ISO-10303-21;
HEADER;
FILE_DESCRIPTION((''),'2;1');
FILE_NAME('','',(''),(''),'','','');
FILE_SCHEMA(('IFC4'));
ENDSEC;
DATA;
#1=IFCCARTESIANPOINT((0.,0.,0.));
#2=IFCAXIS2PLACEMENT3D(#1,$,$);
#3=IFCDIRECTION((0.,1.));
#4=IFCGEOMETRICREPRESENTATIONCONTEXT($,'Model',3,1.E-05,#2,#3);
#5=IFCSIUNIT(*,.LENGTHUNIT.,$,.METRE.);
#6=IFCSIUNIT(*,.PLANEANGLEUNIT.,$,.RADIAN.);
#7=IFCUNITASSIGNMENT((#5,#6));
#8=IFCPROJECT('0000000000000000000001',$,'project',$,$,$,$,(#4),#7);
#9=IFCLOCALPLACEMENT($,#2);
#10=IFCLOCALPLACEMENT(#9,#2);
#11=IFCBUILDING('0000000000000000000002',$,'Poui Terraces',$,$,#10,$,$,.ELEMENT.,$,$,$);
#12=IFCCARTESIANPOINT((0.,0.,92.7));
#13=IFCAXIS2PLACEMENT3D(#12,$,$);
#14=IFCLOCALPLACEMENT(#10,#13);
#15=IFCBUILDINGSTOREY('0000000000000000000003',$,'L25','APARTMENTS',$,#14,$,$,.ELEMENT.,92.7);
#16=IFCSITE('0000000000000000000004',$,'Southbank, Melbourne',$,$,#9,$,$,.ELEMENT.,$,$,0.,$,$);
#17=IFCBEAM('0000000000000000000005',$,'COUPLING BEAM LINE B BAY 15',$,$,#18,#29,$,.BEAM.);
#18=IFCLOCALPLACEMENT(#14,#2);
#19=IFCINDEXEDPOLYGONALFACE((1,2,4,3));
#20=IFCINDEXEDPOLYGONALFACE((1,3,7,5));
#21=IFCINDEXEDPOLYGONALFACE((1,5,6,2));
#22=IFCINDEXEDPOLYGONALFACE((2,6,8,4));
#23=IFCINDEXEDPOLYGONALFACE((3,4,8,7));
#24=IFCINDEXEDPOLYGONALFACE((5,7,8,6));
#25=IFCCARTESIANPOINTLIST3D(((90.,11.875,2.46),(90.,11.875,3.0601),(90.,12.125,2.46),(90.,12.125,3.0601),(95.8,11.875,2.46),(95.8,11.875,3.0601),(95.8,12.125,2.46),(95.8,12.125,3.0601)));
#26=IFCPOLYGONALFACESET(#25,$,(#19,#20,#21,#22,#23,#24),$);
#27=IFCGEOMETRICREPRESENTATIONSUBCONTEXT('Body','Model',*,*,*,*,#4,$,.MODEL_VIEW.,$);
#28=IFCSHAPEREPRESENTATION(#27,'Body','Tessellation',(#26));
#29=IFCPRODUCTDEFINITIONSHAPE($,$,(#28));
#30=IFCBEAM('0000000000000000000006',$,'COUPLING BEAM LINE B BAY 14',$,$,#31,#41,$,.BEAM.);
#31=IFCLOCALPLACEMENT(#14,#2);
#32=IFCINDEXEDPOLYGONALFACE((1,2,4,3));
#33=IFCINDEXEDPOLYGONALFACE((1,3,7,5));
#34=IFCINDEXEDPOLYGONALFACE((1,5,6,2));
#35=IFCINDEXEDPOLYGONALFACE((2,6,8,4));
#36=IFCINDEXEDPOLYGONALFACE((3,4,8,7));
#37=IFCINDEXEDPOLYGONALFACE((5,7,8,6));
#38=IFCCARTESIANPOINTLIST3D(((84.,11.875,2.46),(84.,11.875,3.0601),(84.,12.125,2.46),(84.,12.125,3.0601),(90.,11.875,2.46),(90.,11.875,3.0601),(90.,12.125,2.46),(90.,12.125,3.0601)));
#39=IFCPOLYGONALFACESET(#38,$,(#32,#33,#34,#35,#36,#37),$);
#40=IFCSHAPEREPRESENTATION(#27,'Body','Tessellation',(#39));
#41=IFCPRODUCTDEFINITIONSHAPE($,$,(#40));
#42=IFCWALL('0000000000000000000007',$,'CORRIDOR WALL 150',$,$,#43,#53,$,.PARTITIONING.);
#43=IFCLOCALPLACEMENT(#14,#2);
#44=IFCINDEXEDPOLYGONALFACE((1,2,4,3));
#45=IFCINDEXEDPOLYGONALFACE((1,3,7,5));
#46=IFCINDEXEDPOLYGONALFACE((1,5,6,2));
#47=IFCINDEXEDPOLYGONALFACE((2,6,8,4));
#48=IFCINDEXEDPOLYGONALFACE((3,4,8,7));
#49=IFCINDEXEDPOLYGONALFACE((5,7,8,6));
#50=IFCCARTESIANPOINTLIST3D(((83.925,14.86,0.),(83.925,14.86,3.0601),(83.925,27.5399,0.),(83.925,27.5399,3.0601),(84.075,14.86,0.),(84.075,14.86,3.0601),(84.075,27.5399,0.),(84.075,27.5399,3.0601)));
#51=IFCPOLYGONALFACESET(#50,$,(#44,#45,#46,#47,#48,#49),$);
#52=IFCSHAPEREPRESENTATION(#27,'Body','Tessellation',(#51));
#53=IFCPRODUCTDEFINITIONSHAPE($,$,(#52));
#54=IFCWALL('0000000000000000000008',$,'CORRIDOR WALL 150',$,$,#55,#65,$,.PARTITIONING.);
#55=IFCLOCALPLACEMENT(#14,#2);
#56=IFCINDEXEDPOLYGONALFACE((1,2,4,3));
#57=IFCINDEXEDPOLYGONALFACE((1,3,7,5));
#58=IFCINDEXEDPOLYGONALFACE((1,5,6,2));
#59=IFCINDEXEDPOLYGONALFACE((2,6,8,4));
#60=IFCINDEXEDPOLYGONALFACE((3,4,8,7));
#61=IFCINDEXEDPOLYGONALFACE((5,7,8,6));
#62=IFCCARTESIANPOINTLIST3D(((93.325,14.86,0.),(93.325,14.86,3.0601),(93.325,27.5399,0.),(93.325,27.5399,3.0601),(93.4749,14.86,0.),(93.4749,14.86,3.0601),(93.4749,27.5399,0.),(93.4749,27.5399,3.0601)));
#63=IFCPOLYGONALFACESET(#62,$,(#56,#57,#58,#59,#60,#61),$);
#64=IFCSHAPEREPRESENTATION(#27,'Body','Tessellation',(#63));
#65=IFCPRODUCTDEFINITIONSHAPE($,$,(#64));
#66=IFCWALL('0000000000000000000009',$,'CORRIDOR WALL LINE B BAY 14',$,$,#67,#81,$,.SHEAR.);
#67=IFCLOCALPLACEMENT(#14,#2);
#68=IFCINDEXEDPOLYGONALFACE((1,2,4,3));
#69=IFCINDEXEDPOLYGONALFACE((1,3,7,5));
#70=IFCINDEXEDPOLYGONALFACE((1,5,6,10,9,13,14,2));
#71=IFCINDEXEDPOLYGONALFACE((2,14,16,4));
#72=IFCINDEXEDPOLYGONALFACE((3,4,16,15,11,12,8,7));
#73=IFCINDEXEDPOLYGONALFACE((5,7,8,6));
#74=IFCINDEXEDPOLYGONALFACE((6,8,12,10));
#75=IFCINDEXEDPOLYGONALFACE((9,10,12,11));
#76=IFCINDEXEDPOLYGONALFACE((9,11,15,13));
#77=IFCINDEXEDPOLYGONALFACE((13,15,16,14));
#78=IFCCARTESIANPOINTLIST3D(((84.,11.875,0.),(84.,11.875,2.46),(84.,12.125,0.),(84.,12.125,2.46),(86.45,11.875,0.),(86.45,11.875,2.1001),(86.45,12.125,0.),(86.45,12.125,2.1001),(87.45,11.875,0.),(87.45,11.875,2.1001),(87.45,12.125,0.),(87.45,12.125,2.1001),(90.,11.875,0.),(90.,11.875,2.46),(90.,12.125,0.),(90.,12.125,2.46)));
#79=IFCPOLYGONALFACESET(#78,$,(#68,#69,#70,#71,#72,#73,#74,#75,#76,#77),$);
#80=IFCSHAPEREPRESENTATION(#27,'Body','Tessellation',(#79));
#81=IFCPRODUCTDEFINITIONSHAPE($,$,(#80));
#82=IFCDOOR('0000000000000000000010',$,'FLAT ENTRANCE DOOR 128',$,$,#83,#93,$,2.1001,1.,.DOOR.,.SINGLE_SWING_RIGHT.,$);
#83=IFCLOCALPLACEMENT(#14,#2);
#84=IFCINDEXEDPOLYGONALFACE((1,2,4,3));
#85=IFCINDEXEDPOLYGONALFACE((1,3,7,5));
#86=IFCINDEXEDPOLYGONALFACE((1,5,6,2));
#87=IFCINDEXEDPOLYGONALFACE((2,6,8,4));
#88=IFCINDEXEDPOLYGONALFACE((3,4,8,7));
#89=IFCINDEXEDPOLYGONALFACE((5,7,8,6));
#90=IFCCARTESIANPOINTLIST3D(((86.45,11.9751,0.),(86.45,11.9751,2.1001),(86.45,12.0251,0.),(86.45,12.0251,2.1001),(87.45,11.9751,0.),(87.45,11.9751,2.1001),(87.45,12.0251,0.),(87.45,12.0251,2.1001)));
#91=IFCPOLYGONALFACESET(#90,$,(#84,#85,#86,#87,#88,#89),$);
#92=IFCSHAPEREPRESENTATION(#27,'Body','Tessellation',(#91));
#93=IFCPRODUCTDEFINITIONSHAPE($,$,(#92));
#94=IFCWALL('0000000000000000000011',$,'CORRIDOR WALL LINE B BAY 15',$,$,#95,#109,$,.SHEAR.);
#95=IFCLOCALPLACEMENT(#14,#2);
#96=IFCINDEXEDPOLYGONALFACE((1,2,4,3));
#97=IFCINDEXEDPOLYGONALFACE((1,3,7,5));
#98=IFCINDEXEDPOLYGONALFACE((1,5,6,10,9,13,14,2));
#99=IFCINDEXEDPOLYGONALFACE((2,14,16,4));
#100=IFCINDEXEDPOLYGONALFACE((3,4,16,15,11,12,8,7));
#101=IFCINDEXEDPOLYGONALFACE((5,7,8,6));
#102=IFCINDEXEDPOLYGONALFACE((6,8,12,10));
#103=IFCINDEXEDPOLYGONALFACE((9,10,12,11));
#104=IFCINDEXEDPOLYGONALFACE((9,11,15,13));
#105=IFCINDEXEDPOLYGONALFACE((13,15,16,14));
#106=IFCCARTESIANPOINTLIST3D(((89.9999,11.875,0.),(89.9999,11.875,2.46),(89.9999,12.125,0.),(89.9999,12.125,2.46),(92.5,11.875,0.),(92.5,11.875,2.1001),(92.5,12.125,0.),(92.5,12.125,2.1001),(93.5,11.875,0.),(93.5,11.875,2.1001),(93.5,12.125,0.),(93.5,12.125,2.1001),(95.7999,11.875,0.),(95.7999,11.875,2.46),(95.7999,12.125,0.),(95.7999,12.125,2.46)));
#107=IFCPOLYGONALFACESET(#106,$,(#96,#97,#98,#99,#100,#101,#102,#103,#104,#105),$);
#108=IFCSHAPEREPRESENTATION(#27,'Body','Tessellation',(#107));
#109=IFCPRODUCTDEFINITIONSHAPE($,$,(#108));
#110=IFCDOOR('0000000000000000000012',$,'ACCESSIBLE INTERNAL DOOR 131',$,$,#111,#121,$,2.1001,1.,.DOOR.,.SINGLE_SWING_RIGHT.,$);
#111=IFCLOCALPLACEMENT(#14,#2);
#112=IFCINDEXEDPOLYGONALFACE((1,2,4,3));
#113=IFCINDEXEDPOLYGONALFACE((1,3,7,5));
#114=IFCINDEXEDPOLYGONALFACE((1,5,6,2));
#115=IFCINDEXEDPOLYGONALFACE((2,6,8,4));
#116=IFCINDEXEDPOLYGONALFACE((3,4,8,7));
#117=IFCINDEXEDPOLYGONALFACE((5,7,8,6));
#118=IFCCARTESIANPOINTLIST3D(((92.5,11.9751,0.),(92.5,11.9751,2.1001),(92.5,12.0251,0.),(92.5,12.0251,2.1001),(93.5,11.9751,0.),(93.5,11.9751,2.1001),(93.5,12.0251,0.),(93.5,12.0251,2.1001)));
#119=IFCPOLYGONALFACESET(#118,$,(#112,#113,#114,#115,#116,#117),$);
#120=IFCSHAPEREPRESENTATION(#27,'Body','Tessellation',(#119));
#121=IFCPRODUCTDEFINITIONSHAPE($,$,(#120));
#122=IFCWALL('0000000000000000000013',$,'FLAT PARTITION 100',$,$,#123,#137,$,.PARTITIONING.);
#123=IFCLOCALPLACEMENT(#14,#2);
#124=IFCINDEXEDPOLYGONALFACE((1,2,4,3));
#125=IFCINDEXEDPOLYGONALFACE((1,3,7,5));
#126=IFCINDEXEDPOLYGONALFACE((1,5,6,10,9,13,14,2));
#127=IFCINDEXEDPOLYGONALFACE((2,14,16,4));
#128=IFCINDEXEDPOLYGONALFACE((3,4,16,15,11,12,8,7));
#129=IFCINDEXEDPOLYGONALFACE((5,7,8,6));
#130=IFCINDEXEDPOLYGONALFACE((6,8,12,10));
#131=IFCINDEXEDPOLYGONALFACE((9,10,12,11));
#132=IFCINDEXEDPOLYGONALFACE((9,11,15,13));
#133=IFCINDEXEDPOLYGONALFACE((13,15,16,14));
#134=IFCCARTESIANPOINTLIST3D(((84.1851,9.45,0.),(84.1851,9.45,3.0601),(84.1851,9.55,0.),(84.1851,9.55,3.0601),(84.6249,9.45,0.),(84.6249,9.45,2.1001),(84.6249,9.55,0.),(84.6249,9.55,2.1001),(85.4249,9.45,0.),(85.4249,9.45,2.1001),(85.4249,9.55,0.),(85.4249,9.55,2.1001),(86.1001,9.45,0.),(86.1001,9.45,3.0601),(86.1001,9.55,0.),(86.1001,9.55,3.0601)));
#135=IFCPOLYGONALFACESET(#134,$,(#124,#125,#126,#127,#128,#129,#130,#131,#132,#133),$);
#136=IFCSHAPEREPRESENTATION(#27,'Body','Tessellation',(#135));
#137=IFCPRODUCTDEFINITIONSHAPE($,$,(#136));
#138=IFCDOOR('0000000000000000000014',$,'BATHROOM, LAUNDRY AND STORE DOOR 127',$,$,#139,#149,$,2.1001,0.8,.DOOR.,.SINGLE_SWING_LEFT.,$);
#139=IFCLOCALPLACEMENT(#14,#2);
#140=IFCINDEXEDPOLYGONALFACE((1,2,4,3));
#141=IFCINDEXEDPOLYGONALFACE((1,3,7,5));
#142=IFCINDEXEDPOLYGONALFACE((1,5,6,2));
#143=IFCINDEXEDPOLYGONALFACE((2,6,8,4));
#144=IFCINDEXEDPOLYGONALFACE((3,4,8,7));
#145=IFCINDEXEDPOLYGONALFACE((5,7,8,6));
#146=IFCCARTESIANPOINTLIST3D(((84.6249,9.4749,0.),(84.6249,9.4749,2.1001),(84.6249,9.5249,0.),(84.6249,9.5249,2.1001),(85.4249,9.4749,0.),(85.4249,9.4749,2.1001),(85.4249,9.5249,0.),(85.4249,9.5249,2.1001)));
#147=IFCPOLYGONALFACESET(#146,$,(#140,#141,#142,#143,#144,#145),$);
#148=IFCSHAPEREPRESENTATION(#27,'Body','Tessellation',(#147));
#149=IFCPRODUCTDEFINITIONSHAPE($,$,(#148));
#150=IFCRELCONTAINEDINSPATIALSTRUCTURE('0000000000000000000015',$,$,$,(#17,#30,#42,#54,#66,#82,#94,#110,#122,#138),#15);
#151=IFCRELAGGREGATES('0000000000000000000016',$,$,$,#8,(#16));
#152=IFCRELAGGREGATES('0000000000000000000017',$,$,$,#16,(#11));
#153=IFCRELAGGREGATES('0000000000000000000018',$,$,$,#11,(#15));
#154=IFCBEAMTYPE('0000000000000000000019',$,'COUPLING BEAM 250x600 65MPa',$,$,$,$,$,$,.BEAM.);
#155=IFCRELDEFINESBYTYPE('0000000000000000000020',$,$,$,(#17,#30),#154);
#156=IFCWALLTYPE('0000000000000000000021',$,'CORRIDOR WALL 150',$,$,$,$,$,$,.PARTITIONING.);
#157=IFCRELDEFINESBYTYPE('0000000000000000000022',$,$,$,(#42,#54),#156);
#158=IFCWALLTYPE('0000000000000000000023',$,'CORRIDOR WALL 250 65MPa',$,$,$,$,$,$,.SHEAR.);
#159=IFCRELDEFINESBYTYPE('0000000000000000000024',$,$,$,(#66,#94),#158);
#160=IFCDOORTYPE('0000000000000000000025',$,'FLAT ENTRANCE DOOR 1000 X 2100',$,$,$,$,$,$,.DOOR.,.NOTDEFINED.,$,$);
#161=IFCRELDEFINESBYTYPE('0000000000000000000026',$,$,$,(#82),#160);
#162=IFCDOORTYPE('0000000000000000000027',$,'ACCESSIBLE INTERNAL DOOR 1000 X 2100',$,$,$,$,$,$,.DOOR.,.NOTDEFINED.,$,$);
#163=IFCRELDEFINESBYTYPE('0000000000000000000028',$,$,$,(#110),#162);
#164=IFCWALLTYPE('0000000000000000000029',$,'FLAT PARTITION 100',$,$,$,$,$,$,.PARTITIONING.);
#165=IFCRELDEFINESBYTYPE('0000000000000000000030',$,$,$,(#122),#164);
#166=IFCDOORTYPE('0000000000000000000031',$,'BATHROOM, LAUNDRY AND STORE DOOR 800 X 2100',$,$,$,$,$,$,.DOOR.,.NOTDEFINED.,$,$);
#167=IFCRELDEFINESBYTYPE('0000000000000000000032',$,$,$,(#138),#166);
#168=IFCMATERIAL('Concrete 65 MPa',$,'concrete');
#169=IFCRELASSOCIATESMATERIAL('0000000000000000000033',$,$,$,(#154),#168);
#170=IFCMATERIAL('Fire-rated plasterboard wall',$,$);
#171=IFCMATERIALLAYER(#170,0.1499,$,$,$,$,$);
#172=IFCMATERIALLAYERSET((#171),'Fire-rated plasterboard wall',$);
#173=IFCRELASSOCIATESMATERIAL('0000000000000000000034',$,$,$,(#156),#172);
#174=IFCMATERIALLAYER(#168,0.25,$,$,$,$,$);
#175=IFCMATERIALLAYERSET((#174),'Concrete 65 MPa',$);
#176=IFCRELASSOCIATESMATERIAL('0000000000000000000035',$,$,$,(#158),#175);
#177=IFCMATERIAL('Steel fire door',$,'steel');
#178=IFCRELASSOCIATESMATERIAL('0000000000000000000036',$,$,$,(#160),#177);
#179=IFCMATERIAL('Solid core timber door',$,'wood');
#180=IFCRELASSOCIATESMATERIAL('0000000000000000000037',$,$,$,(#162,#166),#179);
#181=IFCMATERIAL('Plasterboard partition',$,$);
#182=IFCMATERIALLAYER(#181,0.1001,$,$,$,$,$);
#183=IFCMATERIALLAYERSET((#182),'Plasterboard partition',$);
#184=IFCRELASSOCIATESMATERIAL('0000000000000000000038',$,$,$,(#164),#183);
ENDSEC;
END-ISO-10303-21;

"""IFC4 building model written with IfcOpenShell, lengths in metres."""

from ifc_helpers import new_model, si_unit, direction, frame, frame_2d, origin, origin_2d, place, context, subcontext, project, spatial, rectangle, extrude, source, transform, mapped, material, layer, layer_set, material_profile, profile_set, type_object, element, fill, save


model = new_model("IFC4")

# Units and contexts
model_context = context("Model", 3, precision=1e-05, world=origin(), true_north=direction((0.0, 1.0)))
body_context = subcontext(model_context, "Body", "Model", "MODEL_VIEW")
ifc_project = project(units=[si_unit("LENGTHUNIT", "METRE"), si_unit("PLANEANGLEUNIT", "RADIAN")], contexts=[model_context])

# Site, building, storey
site_placement = place(None, origin())
site = spatial("IfcSite", under=ifc_project, at=site_placement, Name="Southbank, Melbourne", CompositionType="ELEMENT", RefElevation=0.0)
building_placement = place(site_placement, origin())
building = spatial("IfcBuilding", under=site, at=building_placement, Name="Poui Terraces", CompositionType="ELEMENT")
storey_placement = place(building_placement, frame((0.0, 0.0, 92.7)))
storey = spatial("IfcBuildingStorey", under=building, at=storey_placement, Name="L25", Description="APARTMENTS", CompositionType="ELEMENT", Elevation=92.7)

# Beams
ifc_material_1 = material(Name="Concrete 65 MPa", Category="concrete")
ifc_material_profile = material_profile(ifc_material_1, rectangle(XDim=0.25, YDim=0.6001, at=origin_2d()), Name="RC 250x600")
ifc_profile_set = profile_set([ifc_material_profile], Name="Concrete 65 MPa")
beam_type = type_object("IfcBeamType", Name="COUPLING BEAM 250x600 65MPa", PredefinedType="BEAM", material=ifc_profile_set)
shared_shape_1 = source(origin(), body_context, "Body", "SweptSolid", [
    extrude(rectangle(XDim=0.25, YDim=0.6001, at=origin_2d()), origin(), (0.0, 0.0, 1.0), 5.8),
])
beam_1_placement = place(storey_placement, frame((90.0, 12.0, 2.76), z_axis=(1.0, 0.0, 0.0), x_axis=(0.0, 1.0, 0.0)))
element("IfcBeam", 1, at=beam_1_placement, inside=storey, type_object=beam_type, Name="COUPLING BEAM LINE B BAY 15", PredefinedType="BEAM", context=body_context, shape_type="MappedRepresentation", body=[
    mapped(shared_shape_1, transform((0.0, 0.0, 0.0))),
])
shared_shape_2 = source(origin(), body_context, "Body", "SweptSolid", [
    extrude(rectangle(XDim=0.25, YDim=0.6001, at=origin_2d()), origin(), (0.0, 0.0, 1.0), 6.0),
])
beam_2_placement = place(storey_placement, frame((84.0, 12.0, 2.76), z_axis=(1.0, 0.0, 0.0), x_axis=(0.0, 1.0, 0.0)))
element("IfcBeam", 2, at=beam_2_placement, inside=storey, type_object=beam_type, Name="COUPLING BEAM LINE B BAY 14", PredefinedType="BEAM", context=body_context, shape_type="MappedRepresentation", body=[
    mapped(shared_shape_2, transform((0.0, 0.0, 0.0))),
])

# Walls
ifc_material_2 = material(Name="Fire-rated plasterboard wall")
ifc_layer_1 = layer(ifc_material_2, 0.1499)
ifc_layer_set_1 = layer_set([ifc_layer_1], Name="Fire-rated plasterboard wall")
wall_type_1 = type_object("IfcWallType", Name="CORRIDOR WALL 150", PredefinedType="PARTITIONING", material=ifc_layer_set_1)
for number, where, z_axis, x_axis, name in (
    (3, (84.0, 14.8601, 0.0), (0.0, 0.0, 1.0), (0.0, 1.0, 0.0), "CORRIDOR WALL 150"),
    (4, (93.3999, 14.8601, 0.0), (0.0, 0.0, 1.0), (0.0, 1.0, 0.0), "CORRIDOR WALL 150"),
):
    element("IfcWall", number, at=place(storey_placement, frame(where, z_axis=z_axis, x_axis=x_axis)), inside=storey, type_object=wall_type_1, Name=name, PredefinedType="PARTITIONING", context=body_context, shape_type="SweptSolid", body=[
        extrude(rectangle(XDim=12.6799, YDim=0.1499, at=frame_2d((6.3398, 0.0))), origin(), (0.0, 0.0, 1.0), 3.0601),
    ])

# Walls, openings, doors
ifc_layer_2 = layer(ifc_material_1, 0.25)
ifc_layer_set_2 = layer_set([ifc_layer_2], Name="Concrete 65 MPa")
wall_type_2 = type_object("IfcWallType", Name="CORRIDOR WALL 250 65MPa", PredefinedType="SHEAR", material=ifc_layer_set_2)
wall_1_placement = place(storey_placement, frame((84.0, 12.0, 0.0), z_axis=(0.0, 0.0, 1.0), x_axis=(1.0, 0.0, 0.0)))
wall_1 = element("IfcWall", 5, at=wall_1_placement, inside=storey, type_object=wall_type_2, Name="CORRIDOR WALL LINE B BAY 14", PredefinedType="SHEAR", context=body_context, shape_type="SweptSolid", body=[
    extrude(rectangle(XDim=6.0, YDim=0.25, at=frame_2d((3.0, 0.0))), origin(), (0.0, 0.0, 1.0), 2.46),
])
opening_1_placement = place(wall_1_placement, frame((2.45, 0.0, 0.0)))
opening_1 = element("IfcOpeningElement", 6, at=opening_1_placement, cuts=wall_1, PredefinedType="OPENING", context=body_context, shape_type="SweptSolid", body=[
    extrude(rectangle(XDim=1.0, YDim=2.1001, at=frame_2d((0.5, 1.05))), frame((0.0, 0.135, 0.0), z_axis=(0.0, -1.0, 0.0), x_axis=(1.0, 0.0, 0.0)), (0.0, 0.0, 1.0), 0.27),
])
ifc_material_3 = material(Name="Steel fire door", Category="steel")
door_type_1 = type_object("IfcDoorType", Name="FLAT ENTRANCE DOOR 1000 X 2100", OperationType="NOTDEFINED", PredefinedType="DOOR", material=ifc_material_3)
door_1_placement = place(opening_1_placement, frame((1.0, 0.0, 0.0), z_axis=(0.0, 0.0, 1.0), x_axis=(-1.0, 0.0, 0.0)))
door_1 = element("IfcDoor", 7, at=door_1_placement, inside=storey, type_object=door_type_1, Name="FLAT ENTRANCE DOOR 128", OperationType="SINGLE_SWING_RIGHT", OverallHeight=2.1001, OverallWidth=1.0, PredefinedType="DOOR", context=body_context, shape_type="SweptSolid", body=[
    extrude(rectangle(XDim=1.0, YDim=2.1001, at=frame_2d((0.5, 1.05))), frame((0.0, 0.0249, 0.0), z_axis=(0.0, -1.0, 0.0), x_axis=(1.0, 0.0, 0.0)), (0.0, 0.0, 1.0), 0.05),
])
fill(opening_1, door_1)
wall_2_placement = place(storey_placement, frame((90.0, 12.0, 0.0), z_axis=(0.0, 0.0, 1.0), x_axis=(1.0, 0.0, 0.0)))
wall_2 = element("IfcWall", 8, at=wall_2_placement, inside=storey, type_object=wall_type_2, Name="CORRIDOR WALL LINE B BAY 15", PredefinedType="SHEAR", context=body_context, shape_type="SweptSolid", body=[
    extrude(rectangle(XDim=5.8, YDim=0.25, at=frame_2d((2.8999, 0.0))), origin(), (0.0, 0.0, 1.0), 2.46),
])
opening_2_placement = place(wall_2_placement, frame((2.5, 0.0, 0.0)))
opening_2 = element("IfcOpeningElement", 9, at=opening_2_placement, cuts=wall_2, PredefinedType="OPENING", context=body_context, shape_type="SweptSolid", body=[
    extrude(rectangle(XDim=1.0, YDim=2.1001, at=frame_2d((0.5, 1.05))), frame((0.0, 0.135, 0.0), z_axis=(0.0, -1.0, 0.0), x_axis=(1.0, 0.0, 0.0)), (0.0, 0.0, 1.0), 0.27),
])
ifc_material_4 = material(Name="Solid core timber door", Category="wood")
door_type_2 = type_object("IfcDoorType", Name="ACCESSIBLE INTERNAL DOOR 1000 X 2100", OperationType="NOTDEFINED", PredefinedType="DOOR", material=ifc_material_4)
door_2_placement = place(opening_2_placement, frame((1.0, 0.0, 0.0), z_axis=(0.0, 0.0, 1.0), x_axis=(-1.0, 0.0, 0.0)))
door_2 = element("IfcDoor", 10, at=door_2_placement, inside=storey, type_object=door_type_2, Name="ACCESSIBLE INTERNAL DOOR 131", OperationType="SINGLE_SWING_RIGHT", OverallHeight=2.1001, OverallWidth=1.0, PredefinedType="DOOR", context=body_context, shape_type="SweptSolid", body=[
    extrude(rectangle(XDim=1.0, YDim=2.1001, at=frame_2d((0.5, 1.05))), frame((0.0, 0.0249, 0.0), z_axis=(0.0, -1.0, 0.0), x_axis=(1.0, 0.0, 0.0)), (0.0, 0.0, 1.0), 0.05),
])
fill(opening_2, door_2)
ifc_material_5 = material(Name="Plasterboard partition")
ifc_layer_3 = layer(ifc_material_5, 0.1001)
ifc_layer_set_3 = layer_set([ifc_layer_3], Name="Plasterboard partition")
wall_type_3 = type_object("IfcWallType", Name="FLAT PARTITION 100", PredefinedType="PARTITIONING", material=ifc_layer_set_3)
wall_3_placement = place(storey_placement, frame((84.1851, 9.5, 0.0), z_axis=(0.0, 0.0, 1.0), x_axis=(1.0, 0.0, 0.0)))
wall_3 = element("IfcWall", 11, at=wall_3_placement, inside=storey, type_object=wall_type_3, Name="FLAT PARTITION 100", PredefinedType="PARTITIONING", context=body_context, shape_type="SweptSolid", body=[
    extrude(rectangle(XDim=1.915, YDim=0.1001, at=frame_2d((0.9575, 0.0))), origin(), (0.0, 0.0, 1.0), 3.0601),
])
opening_3_placement = place(wall_3_placement, frame((0.4399, 0.0, 0.0)))
opening_3 = element("IfcOpeningElement", 12, at=opening_3_placement, cuts=wall_3, PredefinedType="OPENING", context=body_context, shape_type="SweptSolid", body=[
    extrude(rectangle(XDim=0.8, YDim=2.1001, at=frame_2d((0.3999, 1.05))), frame((0.0, 0.0601, 0.0), z_axis=(0.0, -1.0, 0.0), x_axis=(1.0, 0.0, 0.0)), (0.0, 0.0, 1.0), 0.1201),
])
door_type_3 = type_object("IfcDoorType", Name="BATHROOM, LAUNDRY AND STORE DOOR 800 X 2100", OperationType="NOTDEFINED", PredefinedType="DOOR", material=ifc_material_4)
door_3_placement = place(opening_3_placement, origin())
door_3 = element("IfcDoor", 13, at=door_3_placement, inside=storey, type_object=door_type_3, Name="BATHROOM, LAUNDRY AND STORE DOOR 127", OperationType="SINGLE_SWING_LEFT", OverallHeight=2.1001, OverallWidth=0.8, PredefinedType="DOOR", context=body_context, shape_type="SweptSolid", body=[
    extrude(rectangle(XDim=0.8, YDim=2.1001, at=frame_2d((0.3999, 1.05))), frame((0.0, 0.0249, 0.0), z_axis=(0.0, -1.0, 0.0), x_axis=(1.0, 0.0, 0.0)), (0.0, 0.0, 1.0), 0.05),
])
fill(opening_3, door_3)

save(model, "model.ifc")
